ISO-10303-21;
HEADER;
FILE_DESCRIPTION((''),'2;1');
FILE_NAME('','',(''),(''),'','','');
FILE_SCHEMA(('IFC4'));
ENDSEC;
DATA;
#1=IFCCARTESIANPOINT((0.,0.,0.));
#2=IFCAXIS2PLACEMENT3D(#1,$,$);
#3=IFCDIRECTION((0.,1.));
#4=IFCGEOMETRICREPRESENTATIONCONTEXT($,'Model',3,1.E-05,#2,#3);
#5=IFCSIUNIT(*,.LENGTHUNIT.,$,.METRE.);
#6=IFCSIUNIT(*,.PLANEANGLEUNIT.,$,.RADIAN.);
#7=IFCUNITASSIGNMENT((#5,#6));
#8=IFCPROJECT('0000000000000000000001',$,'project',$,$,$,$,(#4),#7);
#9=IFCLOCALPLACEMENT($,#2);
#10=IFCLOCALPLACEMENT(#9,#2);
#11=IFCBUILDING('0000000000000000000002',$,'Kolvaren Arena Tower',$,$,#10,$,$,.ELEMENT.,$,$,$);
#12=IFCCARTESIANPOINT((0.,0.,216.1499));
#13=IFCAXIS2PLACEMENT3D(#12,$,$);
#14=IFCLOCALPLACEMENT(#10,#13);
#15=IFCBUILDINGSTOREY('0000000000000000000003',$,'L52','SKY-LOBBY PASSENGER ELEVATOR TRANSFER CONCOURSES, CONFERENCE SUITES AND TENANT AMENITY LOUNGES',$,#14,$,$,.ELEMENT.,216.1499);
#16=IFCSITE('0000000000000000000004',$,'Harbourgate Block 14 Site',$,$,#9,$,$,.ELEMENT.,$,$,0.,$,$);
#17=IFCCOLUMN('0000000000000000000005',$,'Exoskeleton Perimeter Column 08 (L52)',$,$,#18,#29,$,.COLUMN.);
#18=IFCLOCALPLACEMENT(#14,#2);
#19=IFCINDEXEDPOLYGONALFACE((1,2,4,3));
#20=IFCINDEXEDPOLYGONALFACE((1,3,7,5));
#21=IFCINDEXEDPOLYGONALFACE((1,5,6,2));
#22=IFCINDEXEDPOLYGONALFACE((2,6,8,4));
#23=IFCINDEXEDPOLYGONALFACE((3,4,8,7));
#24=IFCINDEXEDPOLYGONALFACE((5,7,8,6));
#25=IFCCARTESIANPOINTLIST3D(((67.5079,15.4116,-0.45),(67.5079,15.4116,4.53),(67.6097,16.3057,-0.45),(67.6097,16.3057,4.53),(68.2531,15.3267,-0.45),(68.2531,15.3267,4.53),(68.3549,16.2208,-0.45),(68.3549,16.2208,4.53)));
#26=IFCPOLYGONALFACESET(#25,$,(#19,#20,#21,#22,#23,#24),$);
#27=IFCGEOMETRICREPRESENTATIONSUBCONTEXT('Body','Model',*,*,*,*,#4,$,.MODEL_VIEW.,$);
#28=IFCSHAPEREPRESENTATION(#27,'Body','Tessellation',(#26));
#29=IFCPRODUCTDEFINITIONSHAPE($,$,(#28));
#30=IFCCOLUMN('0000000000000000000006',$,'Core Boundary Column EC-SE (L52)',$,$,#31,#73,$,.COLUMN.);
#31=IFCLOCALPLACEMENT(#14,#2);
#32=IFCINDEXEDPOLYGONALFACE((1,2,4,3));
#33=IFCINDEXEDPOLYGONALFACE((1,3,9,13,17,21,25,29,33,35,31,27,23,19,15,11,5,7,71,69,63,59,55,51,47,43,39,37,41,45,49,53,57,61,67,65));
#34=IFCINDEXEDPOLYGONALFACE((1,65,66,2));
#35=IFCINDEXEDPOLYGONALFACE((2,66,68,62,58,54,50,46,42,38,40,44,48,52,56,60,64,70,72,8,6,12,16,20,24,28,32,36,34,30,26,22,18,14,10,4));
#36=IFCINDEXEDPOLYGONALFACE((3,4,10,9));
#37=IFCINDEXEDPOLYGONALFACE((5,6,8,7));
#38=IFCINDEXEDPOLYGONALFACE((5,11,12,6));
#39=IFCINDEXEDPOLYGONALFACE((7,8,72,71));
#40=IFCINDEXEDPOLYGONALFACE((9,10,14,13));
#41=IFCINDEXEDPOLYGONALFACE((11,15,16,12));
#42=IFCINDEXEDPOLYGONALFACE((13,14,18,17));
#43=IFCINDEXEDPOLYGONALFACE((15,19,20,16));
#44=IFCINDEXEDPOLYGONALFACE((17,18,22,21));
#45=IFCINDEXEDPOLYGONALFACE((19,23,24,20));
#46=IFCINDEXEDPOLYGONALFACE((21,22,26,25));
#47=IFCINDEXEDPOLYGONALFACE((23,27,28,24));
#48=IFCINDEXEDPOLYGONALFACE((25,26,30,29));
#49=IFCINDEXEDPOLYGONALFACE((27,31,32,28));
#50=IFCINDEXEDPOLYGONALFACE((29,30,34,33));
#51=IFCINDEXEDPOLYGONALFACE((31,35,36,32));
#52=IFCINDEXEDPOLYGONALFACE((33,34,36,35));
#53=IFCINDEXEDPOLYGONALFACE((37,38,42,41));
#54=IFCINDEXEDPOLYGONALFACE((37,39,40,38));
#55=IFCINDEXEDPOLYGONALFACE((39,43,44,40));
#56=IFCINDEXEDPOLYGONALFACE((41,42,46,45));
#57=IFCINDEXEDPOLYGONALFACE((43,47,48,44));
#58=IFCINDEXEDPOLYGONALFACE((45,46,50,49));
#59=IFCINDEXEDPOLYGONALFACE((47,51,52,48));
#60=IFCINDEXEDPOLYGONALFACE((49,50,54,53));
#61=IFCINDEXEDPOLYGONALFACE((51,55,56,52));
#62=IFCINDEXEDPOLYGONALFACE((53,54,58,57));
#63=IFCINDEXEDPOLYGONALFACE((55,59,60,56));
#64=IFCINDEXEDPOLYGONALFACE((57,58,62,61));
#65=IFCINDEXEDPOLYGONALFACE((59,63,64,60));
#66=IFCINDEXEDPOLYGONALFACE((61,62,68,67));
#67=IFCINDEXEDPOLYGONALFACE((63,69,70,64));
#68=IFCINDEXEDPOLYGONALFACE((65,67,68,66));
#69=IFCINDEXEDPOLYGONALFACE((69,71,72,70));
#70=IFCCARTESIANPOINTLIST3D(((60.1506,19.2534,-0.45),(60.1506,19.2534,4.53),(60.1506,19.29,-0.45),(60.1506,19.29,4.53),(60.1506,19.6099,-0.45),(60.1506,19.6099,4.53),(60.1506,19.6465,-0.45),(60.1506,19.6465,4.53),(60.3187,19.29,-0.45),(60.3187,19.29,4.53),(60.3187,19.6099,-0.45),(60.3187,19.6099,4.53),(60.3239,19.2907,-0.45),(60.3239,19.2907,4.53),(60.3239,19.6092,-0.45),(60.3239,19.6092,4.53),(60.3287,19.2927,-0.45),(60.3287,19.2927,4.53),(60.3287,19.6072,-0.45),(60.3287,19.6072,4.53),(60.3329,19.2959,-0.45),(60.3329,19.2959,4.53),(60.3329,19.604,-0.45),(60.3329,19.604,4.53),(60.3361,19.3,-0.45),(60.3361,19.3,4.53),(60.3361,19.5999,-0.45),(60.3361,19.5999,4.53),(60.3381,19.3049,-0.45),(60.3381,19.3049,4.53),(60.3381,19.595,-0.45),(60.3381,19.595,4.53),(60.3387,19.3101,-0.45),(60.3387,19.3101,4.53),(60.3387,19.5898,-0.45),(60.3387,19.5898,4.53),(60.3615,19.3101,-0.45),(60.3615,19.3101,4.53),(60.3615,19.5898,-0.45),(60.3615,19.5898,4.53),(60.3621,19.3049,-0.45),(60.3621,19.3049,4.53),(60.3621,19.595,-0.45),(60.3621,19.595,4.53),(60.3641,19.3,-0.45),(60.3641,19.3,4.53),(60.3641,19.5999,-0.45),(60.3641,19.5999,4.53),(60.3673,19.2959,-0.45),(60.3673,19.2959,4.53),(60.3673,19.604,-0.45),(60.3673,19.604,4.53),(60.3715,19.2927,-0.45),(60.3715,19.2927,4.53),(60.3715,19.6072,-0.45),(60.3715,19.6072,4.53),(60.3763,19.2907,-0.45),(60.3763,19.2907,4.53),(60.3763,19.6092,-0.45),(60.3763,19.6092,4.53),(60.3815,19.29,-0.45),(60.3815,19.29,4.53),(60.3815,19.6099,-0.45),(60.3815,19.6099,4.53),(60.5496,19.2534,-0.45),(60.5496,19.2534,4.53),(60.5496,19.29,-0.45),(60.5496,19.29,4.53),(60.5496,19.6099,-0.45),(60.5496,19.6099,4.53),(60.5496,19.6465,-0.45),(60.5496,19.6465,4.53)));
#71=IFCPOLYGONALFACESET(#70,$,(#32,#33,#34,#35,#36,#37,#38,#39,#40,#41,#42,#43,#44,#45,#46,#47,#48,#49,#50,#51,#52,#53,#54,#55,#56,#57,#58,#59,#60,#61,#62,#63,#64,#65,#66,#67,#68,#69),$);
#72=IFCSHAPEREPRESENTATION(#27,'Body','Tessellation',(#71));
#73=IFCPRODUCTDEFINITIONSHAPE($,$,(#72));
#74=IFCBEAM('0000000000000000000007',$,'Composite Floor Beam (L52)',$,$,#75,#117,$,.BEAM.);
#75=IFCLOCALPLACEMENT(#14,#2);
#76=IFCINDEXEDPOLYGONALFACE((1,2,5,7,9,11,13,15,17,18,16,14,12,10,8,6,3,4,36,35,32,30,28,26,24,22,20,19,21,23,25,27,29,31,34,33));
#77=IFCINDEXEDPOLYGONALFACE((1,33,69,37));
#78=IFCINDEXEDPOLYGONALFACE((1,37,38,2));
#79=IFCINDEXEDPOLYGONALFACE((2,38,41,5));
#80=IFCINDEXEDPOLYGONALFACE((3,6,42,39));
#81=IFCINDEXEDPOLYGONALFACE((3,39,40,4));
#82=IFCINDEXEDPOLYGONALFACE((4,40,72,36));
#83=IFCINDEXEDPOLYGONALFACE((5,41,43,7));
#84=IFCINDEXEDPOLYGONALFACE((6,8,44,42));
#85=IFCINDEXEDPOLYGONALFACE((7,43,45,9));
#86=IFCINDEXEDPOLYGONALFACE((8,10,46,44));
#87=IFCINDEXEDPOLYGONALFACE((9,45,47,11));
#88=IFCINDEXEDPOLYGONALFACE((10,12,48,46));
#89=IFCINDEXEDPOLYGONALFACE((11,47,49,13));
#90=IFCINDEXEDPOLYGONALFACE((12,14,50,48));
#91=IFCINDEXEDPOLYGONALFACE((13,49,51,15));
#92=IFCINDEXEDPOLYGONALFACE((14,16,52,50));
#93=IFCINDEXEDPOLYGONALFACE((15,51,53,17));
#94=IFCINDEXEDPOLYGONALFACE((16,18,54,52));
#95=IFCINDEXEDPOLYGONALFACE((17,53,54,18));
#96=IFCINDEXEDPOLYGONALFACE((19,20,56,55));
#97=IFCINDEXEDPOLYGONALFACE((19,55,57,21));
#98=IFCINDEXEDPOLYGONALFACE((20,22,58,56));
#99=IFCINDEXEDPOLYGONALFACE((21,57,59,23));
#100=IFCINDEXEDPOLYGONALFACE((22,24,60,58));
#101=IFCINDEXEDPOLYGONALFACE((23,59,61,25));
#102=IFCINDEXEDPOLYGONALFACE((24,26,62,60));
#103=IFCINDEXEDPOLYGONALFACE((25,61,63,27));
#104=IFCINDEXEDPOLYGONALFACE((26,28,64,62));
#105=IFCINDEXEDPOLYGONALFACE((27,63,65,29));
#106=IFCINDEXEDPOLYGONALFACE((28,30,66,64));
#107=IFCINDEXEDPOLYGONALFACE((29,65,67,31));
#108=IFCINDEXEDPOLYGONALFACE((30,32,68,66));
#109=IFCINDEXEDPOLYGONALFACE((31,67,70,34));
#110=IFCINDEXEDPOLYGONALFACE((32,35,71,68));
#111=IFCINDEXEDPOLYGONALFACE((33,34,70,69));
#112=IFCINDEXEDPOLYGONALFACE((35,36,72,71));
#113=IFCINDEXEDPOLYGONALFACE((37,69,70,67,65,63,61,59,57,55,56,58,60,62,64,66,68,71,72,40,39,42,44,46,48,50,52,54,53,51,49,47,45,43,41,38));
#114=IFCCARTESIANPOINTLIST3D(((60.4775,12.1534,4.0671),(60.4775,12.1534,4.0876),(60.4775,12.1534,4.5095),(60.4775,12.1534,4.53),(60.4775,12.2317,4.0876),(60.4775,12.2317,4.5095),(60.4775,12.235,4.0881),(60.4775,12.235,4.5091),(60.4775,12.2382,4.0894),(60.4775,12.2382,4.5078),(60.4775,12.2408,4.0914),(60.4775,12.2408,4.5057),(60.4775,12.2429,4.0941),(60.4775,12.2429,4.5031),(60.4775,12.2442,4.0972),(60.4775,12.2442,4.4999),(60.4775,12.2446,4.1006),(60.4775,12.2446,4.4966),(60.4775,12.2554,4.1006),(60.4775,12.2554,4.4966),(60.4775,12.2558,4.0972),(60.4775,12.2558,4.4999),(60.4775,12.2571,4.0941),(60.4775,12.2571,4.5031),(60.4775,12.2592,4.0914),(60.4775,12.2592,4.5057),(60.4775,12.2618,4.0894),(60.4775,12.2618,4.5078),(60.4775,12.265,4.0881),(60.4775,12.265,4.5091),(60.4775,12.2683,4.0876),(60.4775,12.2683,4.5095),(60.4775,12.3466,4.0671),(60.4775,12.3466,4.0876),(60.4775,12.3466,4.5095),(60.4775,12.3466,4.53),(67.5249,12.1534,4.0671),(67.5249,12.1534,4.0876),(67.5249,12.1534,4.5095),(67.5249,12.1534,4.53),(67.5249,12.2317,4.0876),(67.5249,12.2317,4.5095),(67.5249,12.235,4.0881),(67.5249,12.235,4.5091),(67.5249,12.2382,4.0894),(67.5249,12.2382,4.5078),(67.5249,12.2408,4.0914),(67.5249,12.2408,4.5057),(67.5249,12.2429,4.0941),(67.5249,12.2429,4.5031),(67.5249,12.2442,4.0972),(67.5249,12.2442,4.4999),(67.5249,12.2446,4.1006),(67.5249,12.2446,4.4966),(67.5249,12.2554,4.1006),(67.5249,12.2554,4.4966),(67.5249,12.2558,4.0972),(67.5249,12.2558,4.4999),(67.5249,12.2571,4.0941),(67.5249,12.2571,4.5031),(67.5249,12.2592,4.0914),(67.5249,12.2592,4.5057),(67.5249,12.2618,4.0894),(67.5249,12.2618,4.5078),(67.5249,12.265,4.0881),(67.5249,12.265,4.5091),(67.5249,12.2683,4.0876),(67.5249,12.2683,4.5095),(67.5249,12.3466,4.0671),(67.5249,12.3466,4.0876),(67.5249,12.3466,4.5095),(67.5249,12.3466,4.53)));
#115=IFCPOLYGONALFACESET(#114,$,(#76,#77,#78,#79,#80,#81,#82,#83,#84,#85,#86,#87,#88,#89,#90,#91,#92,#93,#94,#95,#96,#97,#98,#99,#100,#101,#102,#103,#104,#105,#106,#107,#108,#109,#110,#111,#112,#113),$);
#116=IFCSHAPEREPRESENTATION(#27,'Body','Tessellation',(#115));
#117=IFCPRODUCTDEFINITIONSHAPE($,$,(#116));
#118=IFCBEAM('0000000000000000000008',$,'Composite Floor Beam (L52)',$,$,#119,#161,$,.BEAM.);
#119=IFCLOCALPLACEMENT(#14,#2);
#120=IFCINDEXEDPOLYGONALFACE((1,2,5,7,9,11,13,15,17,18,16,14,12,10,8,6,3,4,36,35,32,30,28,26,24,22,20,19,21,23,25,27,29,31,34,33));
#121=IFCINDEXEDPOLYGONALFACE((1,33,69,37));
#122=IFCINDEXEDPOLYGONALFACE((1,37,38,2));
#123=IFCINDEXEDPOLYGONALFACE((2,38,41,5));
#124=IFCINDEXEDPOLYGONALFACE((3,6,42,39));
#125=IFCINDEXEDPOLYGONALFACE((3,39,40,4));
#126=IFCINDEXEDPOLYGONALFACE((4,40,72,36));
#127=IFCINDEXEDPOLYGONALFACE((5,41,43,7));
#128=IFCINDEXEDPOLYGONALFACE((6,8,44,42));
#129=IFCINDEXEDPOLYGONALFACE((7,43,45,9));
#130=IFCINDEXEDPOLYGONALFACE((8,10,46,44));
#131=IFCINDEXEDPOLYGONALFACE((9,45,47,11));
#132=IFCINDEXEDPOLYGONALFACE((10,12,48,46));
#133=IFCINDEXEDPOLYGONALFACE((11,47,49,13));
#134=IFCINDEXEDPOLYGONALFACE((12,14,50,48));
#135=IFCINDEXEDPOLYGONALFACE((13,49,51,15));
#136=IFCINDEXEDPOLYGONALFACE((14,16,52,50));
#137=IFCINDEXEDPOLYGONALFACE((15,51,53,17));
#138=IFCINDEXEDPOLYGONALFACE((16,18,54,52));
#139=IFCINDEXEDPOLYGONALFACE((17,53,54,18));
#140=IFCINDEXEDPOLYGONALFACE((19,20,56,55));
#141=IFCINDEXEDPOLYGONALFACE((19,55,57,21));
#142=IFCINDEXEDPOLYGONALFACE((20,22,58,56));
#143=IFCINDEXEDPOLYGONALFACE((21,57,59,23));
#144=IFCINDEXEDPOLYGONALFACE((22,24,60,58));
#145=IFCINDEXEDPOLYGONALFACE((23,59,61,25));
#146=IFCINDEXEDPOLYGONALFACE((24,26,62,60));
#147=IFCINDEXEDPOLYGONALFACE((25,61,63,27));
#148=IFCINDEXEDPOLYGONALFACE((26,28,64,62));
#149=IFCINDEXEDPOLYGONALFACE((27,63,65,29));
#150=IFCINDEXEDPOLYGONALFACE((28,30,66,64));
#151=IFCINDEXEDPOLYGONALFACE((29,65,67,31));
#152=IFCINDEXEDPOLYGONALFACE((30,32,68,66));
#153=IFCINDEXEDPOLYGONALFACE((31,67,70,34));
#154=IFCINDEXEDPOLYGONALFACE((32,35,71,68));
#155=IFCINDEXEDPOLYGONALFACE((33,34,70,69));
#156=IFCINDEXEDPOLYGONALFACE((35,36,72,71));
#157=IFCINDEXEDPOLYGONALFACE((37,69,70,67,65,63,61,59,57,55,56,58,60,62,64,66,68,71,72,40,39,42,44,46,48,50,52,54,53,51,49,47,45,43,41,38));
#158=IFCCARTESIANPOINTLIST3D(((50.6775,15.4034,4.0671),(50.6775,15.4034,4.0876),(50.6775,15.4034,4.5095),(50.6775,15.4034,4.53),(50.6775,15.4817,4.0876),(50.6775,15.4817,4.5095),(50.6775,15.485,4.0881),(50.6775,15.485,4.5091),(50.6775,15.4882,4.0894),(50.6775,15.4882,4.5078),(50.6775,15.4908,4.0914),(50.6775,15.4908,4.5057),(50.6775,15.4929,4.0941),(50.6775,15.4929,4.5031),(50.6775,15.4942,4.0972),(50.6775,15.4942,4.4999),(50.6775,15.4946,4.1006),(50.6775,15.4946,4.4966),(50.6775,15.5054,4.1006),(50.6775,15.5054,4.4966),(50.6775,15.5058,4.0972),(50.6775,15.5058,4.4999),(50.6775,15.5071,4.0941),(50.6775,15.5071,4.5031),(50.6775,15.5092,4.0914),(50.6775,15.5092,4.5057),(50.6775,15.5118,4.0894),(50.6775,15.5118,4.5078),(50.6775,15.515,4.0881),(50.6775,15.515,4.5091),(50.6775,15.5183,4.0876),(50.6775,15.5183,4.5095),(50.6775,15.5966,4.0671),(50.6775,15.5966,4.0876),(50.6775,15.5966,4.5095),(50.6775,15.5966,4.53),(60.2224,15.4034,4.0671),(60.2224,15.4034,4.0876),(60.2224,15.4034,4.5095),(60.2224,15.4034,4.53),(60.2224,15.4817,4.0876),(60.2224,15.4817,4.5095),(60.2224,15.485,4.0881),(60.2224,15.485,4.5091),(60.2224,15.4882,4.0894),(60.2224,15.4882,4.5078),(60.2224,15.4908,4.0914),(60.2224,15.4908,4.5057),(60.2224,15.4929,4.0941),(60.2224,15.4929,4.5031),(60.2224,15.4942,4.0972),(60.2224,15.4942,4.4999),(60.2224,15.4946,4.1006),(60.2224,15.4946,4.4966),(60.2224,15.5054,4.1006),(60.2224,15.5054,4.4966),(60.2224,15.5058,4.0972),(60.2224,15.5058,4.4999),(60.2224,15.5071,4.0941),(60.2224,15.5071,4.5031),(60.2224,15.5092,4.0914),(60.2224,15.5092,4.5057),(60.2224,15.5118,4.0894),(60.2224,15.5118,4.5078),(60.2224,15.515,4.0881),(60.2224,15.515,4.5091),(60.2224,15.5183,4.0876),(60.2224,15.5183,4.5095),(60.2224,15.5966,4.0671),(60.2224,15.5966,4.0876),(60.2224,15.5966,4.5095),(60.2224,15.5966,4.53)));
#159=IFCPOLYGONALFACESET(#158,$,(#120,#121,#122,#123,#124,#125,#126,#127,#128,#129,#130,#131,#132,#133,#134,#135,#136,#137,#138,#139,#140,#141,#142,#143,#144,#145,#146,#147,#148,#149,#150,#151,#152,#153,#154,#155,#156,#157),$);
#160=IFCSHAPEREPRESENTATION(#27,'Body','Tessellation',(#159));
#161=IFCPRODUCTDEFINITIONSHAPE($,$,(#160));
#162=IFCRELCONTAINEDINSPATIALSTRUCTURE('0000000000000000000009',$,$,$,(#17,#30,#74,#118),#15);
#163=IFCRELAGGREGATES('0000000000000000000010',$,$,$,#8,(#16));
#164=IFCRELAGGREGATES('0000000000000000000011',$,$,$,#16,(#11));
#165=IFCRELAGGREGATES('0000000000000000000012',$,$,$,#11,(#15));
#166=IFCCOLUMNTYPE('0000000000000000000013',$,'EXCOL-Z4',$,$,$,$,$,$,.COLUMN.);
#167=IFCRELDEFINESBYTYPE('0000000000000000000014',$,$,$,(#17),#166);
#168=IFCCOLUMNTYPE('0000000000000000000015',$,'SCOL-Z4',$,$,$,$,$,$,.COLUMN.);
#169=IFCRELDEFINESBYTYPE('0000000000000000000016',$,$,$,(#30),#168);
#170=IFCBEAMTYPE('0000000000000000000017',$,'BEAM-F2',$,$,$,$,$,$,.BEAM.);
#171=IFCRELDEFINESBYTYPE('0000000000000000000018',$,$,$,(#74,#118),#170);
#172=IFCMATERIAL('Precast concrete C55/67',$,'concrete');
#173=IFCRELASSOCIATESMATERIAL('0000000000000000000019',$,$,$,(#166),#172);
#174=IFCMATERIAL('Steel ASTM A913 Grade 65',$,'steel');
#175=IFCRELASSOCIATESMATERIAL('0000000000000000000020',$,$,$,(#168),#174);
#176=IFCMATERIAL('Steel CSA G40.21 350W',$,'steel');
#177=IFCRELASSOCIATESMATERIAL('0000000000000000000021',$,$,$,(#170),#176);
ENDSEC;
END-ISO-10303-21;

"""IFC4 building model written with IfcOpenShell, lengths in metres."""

from ifc_helpers import new_model, si_unit, direction, frame, origin, origin_2d, place, context, subcontext, project, spatial, rectangle, i_section, extrude, material, material_profile, profile_set, type_object, element, save


model = new_model("IFC4")

# Units and contexts
model_context = context("Model", 3, precision=1e-05, world=origin(), true_north=direction((0.0, 1.0)))
body_context = subcontext(model_context, "Body", "Model", "MODEL_VIEW")
ifc_project = project(units=[si_unit("LENGTHUNIT", "METRE"), si_unit("PLANEANGLEUNIT", "RADIAN")], contexts=[model_context])

# Site, building, storey
site_placement = place(None, origin())
site = spatial("IfcSite", under=ifc_project, at=site_placement, Name="Harbourgate Block 14 Site", CompositionType="ELEMENT", RefElevation=0.0)
building_placement = place(site_placement, origin())
building = spatial("IfcBuilding", under=site, at=building_placement, Name="Kolvaren Arena Tower", CompositionType="ELEMENT")
storey_placement = place(building_placement, frame((0.0, 0.0, 216.1499)))
storey = spatial("IfcBuildingStorey", under=building, at=storey_placement, Name="L52", Description="SKY-LOBBY PASSENGER ELEVATOR TRANSFER CONCOURSES, CONFERENCE SUITES AND TENANT AMENITY LOUNGES", CompositionType="ELEMENT", Elevation=216.1499)

# Columns
ifc_material_1 = material(Name="Precast concrete C55/67", Category="concrete")
ifc_material_profile_1 = material_profile(ifc_material_1, rectangle(XDim=0.8999, YDim=0.75, at=origin_2d()), Name="RC-900x750")
ifc_profile_set_1 = profile_set([ifc_material_profile_1], Name="Precast concrete C55/67")
column_type_1 = type_object("IfcColumnType", Name="EXCOL-Z4", PredefinedType="COLUMN", material=ifc_profile_set_1)
column_1_placement = place(storey_placement, frame((67.9314, 15.8162, -0.45), z_axis=(0.0, 0.0, 1.0), x_axis=(0.113203, 0.993572, 0.0)))
element("IfcColumn", 1, at=column_1_placement, inside=storey, type_object=column_type_1, Name="Exoskeleton Perimeter Column 08 (L52)", PredefinedType="COLUMN", context=body_context, shape_type="SweptSolid", body=[
    extrude(rectangle(XDim=0.8999, YDim=0.75, at=origin_2d()), origin(), (0.0, 0.0, 1.0), 4.98),
])
ifc_material_2 = material(Name="Steel ASTM A913 Grade 65", Category="steel")
ifc_material_profile_2 = material_profile(ifc_material_2, i_section(OverallWidth=0.3989, OverallDepth=0.3931, WebThickness=0.0227, FlangeThickness=0.0366, FilletRadius=0.02, at=origin_2d()), Name="W360x287")
ifc_profile_set_2 = profile_set([ifc_material_profile_2], Name="Steel ASTM A913 Grade 65")
column_type_2 = type_object("IfcColumnType", Name="SCOL-Z4", PredefinedType="COLUMN", material=ifc_profile_set_2)
column_2_placement = place(storey_placement, frame((60.3501, 19.45, -0.45), z_axis=(0.0, 0.0, 1.0), x_axis=(1.0, 0.0, 0.0)))
element("IfcColumn", 2, at=column_2_placement, inside=storey, type_object=column_type_2, Name="Core Boundary Column EC-SE (L52)", PredefinedType="COLUMN", context=body_context, shape_type="SweptSolid", body=[
    extrude(i_section(OverallWidth=0.3989, OverallDepth=0.3931, WebThickness=0.0227, FlangeThickness=0.0366, FilletRadius=0.02, at=origin_2d()), origin(), (0.0, 0.0, 1.0), 4.98),
])

# Beams
ifc_material_3 = material(Name="Steel CSA G40.21 350W", Category="steel")
ifc_material_profile_3 = material_profile(ifc_material_3, i_section(OverallWidth=0.1931, OverallDepth=0.4629, WebThickness=0.0107, FlangeThickness=0.0205, FilletRadius=0.0129, at=origin_2d()), Name="W460x113")
ifc_profile_set_3 = profile_set([ifc_material_profile_3], Name="Steel CSA G40.21 350W")
beam_type_1 = type_object("IfcBeamType", Name="BEAM-F2", PredefinedType="BEAM", material=ifc_profile_set_3)
beam_1_placement = place(storey_placement, frame((60.4775, 12.25, 4.2986), z_axis=(1.0, 0.0, 0.0), x_axis=(0.0, 1.0, 0.0)))
element("IfcBeam", 3, at=beam_1_placement, inside=storey, type_object=beam_type_1, Name="Composite Floor Beam (L52)", PredefinedType="BEAM", context=body_context, shape_type="SweptSolid", body=[
    extrude(i_section(OverallWidth=0.1931, OverallDepth=0.4629, WebThickness=0.0107, FlangeThickness=0.0205, FilletRadius=0.0129, at=origin_2d()), origin(), (0.0, 0.0, 1.0), 7.0474),
])
beam_2_placement = place(storey_placement, frame((50.6775, 15.5, 4.2986), z_axis=(1.0, 0.0, 0.0), x_axis=(0.0, 1.0, 0.0)))
element("IfcBeam", 4, at=beam_2_placement, inside=storey, type_object=beam_type_1, Name="Composite Floor Beam (L52)", PredefinedType="BEAM", context=body_context, shape_type="SweptSolid", body=[
    extrude(i_section(OverallWidth=0.1931, OverallDepth=0.4629, WebThickness=0.0107, FlangeThickness=0.0205, FilletRadius=0.0129, at=origin_2d()), origin(), (0.0, 0.0, 1.0), 9.5449),
])

save(model, "model.ifc")
